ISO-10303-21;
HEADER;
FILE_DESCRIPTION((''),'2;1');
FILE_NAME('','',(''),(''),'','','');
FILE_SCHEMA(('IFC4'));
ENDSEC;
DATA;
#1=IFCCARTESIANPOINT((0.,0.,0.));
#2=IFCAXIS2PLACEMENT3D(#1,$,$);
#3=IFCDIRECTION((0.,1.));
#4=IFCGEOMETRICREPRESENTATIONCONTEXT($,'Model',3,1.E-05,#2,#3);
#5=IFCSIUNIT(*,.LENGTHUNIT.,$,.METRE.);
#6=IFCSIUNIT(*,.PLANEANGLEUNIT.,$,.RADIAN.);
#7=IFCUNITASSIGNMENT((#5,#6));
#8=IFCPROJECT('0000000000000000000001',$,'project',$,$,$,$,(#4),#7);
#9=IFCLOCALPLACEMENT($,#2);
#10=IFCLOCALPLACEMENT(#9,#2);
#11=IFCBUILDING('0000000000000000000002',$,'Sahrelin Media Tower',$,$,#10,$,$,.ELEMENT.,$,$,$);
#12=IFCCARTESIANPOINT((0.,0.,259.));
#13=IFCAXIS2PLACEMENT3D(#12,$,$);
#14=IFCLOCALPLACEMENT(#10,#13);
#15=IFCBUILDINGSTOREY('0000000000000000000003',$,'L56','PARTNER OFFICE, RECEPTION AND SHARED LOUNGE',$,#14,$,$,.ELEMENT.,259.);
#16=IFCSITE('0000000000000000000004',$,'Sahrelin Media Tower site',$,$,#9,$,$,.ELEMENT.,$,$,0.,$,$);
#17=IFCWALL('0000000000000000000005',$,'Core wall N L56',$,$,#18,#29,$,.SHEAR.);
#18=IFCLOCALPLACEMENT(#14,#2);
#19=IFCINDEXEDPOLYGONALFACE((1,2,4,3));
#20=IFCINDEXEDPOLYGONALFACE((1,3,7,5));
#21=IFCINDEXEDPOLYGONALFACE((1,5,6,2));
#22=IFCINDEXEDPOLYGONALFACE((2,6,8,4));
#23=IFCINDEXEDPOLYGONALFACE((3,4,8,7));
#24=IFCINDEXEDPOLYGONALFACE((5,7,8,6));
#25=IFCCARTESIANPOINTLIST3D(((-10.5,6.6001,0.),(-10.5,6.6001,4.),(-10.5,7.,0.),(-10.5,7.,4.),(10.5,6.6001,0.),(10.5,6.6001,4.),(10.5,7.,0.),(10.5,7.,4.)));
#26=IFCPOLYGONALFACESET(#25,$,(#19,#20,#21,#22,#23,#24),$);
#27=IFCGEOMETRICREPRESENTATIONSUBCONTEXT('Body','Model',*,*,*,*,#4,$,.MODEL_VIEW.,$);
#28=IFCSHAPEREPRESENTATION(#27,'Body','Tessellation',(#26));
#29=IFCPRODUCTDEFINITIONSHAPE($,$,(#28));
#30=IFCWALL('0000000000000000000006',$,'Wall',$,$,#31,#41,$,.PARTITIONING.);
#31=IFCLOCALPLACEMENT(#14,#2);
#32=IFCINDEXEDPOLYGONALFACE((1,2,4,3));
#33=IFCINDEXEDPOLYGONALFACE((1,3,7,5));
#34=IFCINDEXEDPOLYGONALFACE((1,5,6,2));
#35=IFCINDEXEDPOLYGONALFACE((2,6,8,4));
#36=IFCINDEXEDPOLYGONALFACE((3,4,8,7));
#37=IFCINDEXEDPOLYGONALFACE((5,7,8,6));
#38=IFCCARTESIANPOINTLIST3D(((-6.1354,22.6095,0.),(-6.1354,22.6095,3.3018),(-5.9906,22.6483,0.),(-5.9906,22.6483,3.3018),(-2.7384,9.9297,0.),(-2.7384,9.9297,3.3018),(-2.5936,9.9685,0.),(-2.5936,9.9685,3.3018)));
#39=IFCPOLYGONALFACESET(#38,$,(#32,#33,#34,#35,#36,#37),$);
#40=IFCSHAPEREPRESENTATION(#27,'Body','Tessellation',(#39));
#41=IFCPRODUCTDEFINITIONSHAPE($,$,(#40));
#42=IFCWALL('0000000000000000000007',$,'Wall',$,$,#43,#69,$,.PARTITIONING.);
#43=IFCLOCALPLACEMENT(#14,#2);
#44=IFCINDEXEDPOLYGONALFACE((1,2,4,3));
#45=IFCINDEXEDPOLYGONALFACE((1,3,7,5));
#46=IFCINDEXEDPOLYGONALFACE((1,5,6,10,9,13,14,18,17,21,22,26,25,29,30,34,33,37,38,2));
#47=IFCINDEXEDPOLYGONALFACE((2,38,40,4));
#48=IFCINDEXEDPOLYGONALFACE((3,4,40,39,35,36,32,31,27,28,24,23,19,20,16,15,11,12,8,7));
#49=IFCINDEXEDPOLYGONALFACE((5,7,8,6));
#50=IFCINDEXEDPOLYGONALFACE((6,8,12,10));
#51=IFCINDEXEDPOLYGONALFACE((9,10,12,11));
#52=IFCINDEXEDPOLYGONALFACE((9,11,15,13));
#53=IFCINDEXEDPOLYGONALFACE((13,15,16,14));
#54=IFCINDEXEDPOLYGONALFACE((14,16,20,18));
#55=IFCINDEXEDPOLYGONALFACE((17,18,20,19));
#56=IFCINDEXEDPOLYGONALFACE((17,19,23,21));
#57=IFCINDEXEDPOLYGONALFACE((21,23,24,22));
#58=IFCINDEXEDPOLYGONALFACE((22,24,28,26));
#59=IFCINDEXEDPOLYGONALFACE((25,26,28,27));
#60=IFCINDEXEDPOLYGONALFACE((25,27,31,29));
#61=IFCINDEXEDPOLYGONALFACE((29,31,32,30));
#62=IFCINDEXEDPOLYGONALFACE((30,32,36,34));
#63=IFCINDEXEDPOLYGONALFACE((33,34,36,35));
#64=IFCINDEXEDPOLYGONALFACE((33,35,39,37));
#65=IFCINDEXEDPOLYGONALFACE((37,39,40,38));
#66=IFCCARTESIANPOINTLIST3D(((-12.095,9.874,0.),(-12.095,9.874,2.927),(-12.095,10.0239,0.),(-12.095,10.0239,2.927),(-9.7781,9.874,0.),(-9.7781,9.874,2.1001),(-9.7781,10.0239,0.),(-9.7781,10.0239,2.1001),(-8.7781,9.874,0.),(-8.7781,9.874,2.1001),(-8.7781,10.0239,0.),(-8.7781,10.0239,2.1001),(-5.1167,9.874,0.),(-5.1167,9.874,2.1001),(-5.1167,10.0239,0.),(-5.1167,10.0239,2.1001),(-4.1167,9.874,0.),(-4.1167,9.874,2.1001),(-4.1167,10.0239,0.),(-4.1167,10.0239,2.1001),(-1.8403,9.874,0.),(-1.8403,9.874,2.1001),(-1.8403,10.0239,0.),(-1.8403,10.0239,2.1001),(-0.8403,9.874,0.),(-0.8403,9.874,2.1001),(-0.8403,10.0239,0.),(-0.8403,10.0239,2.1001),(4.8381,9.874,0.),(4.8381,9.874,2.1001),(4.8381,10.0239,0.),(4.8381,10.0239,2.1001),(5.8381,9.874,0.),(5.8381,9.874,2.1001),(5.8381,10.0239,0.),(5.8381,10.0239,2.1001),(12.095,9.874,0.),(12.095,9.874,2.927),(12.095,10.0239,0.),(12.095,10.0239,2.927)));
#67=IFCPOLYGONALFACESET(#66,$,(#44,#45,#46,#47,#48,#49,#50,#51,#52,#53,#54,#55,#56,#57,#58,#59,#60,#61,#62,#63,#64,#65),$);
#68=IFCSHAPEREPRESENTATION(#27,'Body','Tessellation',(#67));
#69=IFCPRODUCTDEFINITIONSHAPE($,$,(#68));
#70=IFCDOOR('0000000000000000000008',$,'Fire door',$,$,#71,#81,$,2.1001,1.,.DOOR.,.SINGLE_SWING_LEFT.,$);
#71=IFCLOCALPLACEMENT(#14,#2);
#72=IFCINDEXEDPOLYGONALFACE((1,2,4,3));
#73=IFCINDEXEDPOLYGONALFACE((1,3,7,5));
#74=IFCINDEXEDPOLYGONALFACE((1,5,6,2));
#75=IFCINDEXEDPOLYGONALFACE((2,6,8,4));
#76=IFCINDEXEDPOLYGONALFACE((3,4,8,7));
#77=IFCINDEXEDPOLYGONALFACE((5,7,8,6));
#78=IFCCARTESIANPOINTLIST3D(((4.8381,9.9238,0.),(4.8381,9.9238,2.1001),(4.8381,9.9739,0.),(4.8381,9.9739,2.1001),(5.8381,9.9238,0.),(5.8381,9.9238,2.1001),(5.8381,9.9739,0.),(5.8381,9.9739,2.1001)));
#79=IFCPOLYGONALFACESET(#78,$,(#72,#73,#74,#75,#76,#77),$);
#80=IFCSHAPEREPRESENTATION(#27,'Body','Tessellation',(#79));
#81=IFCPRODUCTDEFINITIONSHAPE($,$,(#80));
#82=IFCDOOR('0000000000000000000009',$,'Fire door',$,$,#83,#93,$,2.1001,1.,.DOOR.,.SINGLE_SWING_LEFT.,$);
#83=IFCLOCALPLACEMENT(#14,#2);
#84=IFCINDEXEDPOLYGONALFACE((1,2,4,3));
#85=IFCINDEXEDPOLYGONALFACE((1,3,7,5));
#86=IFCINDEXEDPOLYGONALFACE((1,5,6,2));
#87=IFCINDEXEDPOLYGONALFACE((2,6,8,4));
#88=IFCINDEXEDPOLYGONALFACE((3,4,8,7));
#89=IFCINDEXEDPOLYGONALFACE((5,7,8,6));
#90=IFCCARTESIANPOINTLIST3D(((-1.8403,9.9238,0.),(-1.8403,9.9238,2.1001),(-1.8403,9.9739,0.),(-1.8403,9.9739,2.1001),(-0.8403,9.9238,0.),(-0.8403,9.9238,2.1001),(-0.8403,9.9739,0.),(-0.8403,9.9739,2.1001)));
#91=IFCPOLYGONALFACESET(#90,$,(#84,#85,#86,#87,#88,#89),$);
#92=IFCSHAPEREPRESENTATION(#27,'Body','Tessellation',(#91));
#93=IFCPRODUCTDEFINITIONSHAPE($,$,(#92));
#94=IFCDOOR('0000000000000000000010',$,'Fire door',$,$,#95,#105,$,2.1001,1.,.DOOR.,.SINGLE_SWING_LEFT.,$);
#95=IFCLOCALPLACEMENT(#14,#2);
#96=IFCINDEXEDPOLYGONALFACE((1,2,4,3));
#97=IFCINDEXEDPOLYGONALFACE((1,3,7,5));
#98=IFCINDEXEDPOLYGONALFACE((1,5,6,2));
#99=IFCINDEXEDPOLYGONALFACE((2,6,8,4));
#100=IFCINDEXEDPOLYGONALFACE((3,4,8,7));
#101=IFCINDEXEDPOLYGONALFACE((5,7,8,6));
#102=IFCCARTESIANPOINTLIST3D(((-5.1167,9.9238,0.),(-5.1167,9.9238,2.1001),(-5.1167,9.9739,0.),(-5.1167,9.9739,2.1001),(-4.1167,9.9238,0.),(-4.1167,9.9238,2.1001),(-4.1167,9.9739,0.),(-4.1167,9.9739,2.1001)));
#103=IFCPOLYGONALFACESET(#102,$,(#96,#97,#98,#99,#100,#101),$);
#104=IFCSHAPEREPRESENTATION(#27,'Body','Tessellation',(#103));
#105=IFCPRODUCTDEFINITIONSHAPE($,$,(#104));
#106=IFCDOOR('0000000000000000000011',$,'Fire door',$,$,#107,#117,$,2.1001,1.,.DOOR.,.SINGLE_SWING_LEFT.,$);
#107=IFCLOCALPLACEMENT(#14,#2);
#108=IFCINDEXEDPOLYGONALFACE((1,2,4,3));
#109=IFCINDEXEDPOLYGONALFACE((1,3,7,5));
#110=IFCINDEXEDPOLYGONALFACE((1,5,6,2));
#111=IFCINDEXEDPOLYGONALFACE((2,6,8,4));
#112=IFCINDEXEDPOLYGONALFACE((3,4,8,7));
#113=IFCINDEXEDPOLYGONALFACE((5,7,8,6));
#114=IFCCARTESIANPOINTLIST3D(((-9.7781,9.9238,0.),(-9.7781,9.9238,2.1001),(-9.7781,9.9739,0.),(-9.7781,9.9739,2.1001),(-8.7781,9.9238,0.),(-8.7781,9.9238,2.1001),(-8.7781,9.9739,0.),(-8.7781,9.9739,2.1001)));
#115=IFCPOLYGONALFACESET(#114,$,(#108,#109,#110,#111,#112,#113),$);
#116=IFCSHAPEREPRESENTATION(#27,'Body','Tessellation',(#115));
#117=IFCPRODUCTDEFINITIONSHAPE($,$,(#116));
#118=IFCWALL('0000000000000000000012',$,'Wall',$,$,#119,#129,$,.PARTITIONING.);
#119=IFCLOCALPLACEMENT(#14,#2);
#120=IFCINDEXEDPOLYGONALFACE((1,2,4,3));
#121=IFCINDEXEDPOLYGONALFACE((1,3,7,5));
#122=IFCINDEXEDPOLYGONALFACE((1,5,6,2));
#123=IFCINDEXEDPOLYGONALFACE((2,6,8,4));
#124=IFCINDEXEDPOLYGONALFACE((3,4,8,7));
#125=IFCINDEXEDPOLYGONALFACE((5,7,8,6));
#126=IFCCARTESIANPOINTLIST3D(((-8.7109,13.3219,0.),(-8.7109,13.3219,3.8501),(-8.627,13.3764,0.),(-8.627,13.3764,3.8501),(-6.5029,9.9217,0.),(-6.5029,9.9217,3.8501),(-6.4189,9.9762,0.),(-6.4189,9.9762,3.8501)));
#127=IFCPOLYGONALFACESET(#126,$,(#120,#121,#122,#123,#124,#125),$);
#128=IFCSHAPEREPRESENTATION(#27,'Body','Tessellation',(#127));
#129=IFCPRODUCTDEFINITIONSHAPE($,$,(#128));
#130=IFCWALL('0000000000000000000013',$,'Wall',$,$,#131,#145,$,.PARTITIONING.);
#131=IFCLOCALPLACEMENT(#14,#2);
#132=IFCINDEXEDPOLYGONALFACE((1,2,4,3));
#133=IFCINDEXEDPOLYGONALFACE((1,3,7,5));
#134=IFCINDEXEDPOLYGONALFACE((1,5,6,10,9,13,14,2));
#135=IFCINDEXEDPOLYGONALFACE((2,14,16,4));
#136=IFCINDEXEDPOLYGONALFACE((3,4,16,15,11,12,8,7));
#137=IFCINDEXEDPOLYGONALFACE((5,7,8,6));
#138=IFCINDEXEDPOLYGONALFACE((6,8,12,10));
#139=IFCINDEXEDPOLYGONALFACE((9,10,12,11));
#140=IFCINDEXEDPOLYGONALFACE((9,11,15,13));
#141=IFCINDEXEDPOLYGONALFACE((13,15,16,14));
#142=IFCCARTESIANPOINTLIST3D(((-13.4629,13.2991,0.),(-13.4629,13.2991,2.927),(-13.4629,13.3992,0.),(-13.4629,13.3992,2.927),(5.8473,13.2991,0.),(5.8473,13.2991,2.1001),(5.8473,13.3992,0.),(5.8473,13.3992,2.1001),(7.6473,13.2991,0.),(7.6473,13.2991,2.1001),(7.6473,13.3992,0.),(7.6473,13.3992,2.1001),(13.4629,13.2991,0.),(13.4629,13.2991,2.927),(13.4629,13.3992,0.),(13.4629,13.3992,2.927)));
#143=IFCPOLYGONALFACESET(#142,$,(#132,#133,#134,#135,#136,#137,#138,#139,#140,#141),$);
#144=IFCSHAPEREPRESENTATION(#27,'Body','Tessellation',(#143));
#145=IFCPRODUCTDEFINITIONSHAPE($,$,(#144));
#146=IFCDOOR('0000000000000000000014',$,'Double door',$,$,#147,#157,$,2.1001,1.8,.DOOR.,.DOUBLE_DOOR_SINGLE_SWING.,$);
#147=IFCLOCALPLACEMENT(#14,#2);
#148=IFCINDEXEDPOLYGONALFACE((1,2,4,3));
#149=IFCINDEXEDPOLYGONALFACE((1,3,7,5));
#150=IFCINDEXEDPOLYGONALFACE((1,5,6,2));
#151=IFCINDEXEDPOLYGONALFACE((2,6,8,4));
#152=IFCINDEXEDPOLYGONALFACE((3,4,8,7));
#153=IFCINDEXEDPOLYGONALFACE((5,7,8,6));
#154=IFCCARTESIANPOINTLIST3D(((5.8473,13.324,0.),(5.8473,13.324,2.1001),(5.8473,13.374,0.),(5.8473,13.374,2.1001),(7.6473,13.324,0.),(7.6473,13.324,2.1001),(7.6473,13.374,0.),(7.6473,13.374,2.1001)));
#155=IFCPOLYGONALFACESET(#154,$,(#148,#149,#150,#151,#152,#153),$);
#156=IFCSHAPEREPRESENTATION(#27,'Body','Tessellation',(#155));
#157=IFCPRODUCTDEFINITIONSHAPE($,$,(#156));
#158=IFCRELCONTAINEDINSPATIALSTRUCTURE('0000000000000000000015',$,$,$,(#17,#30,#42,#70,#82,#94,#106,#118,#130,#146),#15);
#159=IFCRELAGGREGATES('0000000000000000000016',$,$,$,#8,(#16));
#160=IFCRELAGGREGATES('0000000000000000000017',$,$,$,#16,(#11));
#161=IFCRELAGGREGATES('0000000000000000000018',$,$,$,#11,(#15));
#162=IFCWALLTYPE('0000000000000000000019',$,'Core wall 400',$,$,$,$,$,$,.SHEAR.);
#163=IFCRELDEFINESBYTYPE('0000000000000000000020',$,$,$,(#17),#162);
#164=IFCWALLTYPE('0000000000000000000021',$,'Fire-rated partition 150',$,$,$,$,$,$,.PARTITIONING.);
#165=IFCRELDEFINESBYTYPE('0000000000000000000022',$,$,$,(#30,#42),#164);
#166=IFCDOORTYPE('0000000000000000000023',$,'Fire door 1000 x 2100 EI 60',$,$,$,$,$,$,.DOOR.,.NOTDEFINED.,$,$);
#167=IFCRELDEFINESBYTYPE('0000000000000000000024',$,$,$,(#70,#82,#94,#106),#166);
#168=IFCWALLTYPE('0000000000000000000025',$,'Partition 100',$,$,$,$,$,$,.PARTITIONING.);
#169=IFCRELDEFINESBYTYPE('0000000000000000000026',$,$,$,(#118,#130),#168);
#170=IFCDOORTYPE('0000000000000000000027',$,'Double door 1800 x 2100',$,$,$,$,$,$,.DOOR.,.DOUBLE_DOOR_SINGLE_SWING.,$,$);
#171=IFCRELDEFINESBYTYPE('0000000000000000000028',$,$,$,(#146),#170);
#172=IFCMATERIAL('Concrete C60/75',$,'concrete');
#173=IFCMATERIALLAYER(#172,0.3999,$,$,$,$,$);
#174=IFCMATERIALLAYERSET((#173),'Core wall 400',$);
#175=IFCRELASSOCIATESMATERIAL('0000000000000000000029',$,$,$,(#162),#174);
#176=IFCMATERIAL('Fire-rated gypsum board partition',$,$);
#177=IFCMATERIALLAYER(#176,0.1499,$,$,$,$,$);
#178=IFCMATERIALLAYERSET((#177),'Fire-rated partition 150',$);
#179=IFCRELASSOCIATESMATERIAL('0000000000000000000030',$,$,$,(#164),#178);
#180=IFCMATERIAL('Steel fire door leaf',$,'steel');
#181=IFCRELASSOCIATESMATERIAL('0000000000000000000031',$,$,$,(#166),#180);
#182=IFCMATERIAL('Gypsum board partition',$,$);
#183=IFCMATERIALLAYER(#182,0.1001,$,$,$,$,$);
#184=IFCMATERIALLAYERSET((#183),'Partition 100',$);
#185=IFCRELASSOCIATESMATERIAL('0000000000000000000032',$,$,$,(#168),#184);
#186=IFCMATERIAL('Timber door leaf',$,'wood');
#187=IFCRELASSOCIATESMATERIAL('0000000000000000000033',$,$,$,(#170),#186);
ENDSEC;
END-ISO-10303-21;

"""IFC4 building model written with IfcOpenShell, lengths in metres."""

from ifc_helpers import new_model, si_unit, direction, frame, frame_2d, origin, place, context, subcontext, project, spatial, rectangle, extrude, material, layer, layer_set, type_object, element, fill, save


model = new_model("IFC4")

# Units and contexts
model_context = context("Model", 3, precision=1e-05, world=origin(), true_north=direction((0.0, 1.0)))
body_context = subcontext(model_context, "Body", "Model", "MODEL_VIEW")
ifc_project = project(units=[si_unit("LENGTHUNIT", "METRE"), si_unit("PLANEANGLEUNIT", "RADIAN")], contexts=[model_context])

# Site, building, storey
site_placement = place(None, origin())
site = spatial("IfcSite", under=ifc_project, at=site_placement, Name="Sahrelin Media Tower site", CompositionType="ELEMENT", RefElevation=0.0)
building_placement = place(site_placement, origin())
building = spatial("IfcBuilding", under=site, at=building_placement, Name="Sahrelin Media Tower", CompositionType="ELEMENT")
storey_placement = place(building_placement, frame((0.0, 0.0, 259.0)))
storey = spatial("IfcBuildingStorey", under=building, at=storey_placement, Name="L56", Description="PARTNER OFFICE, RECEPTION AND SHARED LOUNGE", CompositionType="ELEMENT", Elevation=259.0)

# Walls
ifc_material_1 = material(Name="Concrete C60/75", Category="concrete")
ifc_layer_1 = layer(ifc_material_1, 0.3999)
ifc_layer_set_1 = layer_set([ifc_layer_1], Name="Core wall 400")
wall_type_1 = type_object("IfcWallType", Name="Core wall 400", PredefinedType="SHEAR", material=ifc_layer_set_1)
wall_1_placement = place(storey_placement, frame((-10.5, 6.8, 0.0), z_axis=(0.0, 0.0, 1.0), x_axis=(1.0, 0.0, 0.0)))
element("IfcWall", 1, at=wall_1_placement, inside=storey, type_object=wall_type_1, Name="Core wall N L56", PredefinedType="SHEAR", context=body_context, shape_type="SweptSolid", body=[
    extrude(rectangle(XDim=21.0, YDim=0.3999, at=frame_2d((10.5, 0.0))), origin(), (0.0, 0.0, 1.0), 4.0),
])
ifc_material_2 = material(Name="Fire-rated gypsum board partition")
ifc_layer_2 = layer(ifc_material_2, 0.1499)
ifc_layer_set_2 = layer_set([ifc_layer_2], Name="Fire-rated partition 150")
wall_type_2 = type_object("IfcWallType", Name="Fire-rated partition 150", PredefinedType="PARTITIONING", material=ifc_layer_set_2)
wall_2_placement = place(storey_placement, frame((-6.063, 22.6289, 0.0), z_axis=(0.0, 0.0, 1.0), x_axis=(0.258776, -0.965937, 0.0)))
element("IfcWall", 2, at=wall_2_placement, inside=storey, type_object=wall_type_2, Name="Wall", PredefinedType="PARTITIONING", context=body_context, shape_type="SweptSolid", body=[
    extrude(rectangle(XDim=13.127, YDim=0.1499, at=frame_2d((6.5635, 0.0))), origin(), (0.0, 0.0, 1.0), 3.3018),
])

# Wall, openings, doors
wall_3_placement = place(storey_placement, frame((-12.095, 9.949, 0.0), z_axis=(0.0, 0.0, 1.0), x_axis=(1.0, 0.0, 0.0)))
wall_3 = element("IfcWall", 3, at=wall_3_placement, inside=storey, type_object=wall_type_2, Name="Wall", PredefinedType="PARTITIONING", context=body_context, shape_type="SweptSolid", body=[
    extrude(rectangle(XDim=24.1899, YDim=0.1499, at=frame_2d((12.095, 0.0))), origin(), (0.0, 0.0, 1.0), 2.927),
])
opening_1_placement = place(wall_3_placement, frame((16.9331, 0.0, 0.0)))
opening_1 = element("IfcOpeningElement", 4, at=opening_1_placement, cuts=wall_3, PredefinedType="OPENING", context=body_context, shape_type="SweptSolid", body=[
    extrude(rectangle(XDim=1.0, YDim=2.1001, at=frame_2d((0.5, 1.05))), frame((0.0, 0.075, 0.0), z_axis=(0.0, -1.0, 0.0), x_axis=(1.0, 0.0, 0.0)), (0.0, 0.0, 1.0), 0.1499),
])
opening_2_placement = place(wall_3_placement, frame((10.2546, 0.0, 0.0)))
opening_2 = element("IfcOpeningElement", 5, at=opening_2_placement, cuts=wall_3, PredefinedType="OPENING", context=body_context, shape_type="SweptSolid", body=[
    extrude(rectangle(XDim=1.0, YDim=2.1001, at=frame_2d((0.5, 1.05))), frame((0.0, 0.075, 0.0), z_axis=(0.0, -1.0, 0.0), x_axis=(1.0, 0.0, 0.0)), (0.0, 0.0, 1.0), 0.1499),
])
opening_3_placement = place(wall_3_placement, frame((6.9783, 0.0, 0.0)))
opening_3 = element("IfcOpeningElement", 6, at=opening_3_placement, cuts=wall_3, PredefinedType="OPENING", context=body_context, shape_type="SweptSolid", body=[
    extrude(rectangle(XDim=1.0, YDim=2.1001, at=frame_2d((0.5, 1.05))), frame((0.0, 0.075, 0.0), z_axis=(0.0, -1.0, 0.0), x_axis=(1.0, 0.0, 0.0)), (0.0, 0.0, 1.0), 0.1499),
])
opening_4_placement = place(wall_3_placement, frame((2.3169, 0.0, 0.0)))
opening_4 = element("IfcOpeningElement", 7, at=opening_4_placement, cuts=wall_3, PredefinedType="OPENING", context=body_context, shape_type="SweptSolid", body=[
    extrude(rectangle(XDim=1.0, YDim=2.1001, at=frame_2d((0.5, 1.05))), frame((0.0, 0.075, 0.0), z_axis=(0.0, -1.0, 0.0), x_axis=(1.0, 0.0, 0.0)), (0.0, 0.0, 1.0), 0.1499),
])
ifc_material_3 = material(Name="Steel fire door leaf", Category="steel")
door_type_1 = type_object("IfcDoorType", Name="Fire door 1000 x 2100 EI 60", OperationType="NOTDEFINED", PredefinedType="DOOR", material=ifc_material_3)
door_1_placement = place(opening_1_placement, origin())
door_1 = element("IfcDoor", 8, at=door_1_placement, inside=storey, type_object=door_type_1, Name="Fire door", OperationType="SINGLE_SWING_LEFT", OverallHeight=2.1001, OverallWidth=1.0, PredefinedType="DOOR", context=body_context, shape_type="SweptSolid", body=[
    extrude(rectangle(XDim=1.0, YDim=2.1001, at=frame_2d((0.5, 1.05))), frame((0.0, 0.0249, 0.0), z_axis=(0.0, -1.0, 0.0), x_axis=(1.0, 0.0, 0.0)), (0.0, 0.0, 1.0), 0.05),
])
fill(opening_1, door_1)
door_2_placement = place(opening_2_placement, origin())
door_2 = element("IfcDoor", 9, at=door_2_placement, inside=storey, type_object=door_type_1, Name="Fire door", OperationType="SINGLE_SWING_LEFT", OverallHeight=2.1001, OverallWidth=1.0, PredefinedType="DOOR", context=body_context, shape_type="SweptSolid", body=[
    extrude(rectangle(XDim=1.0, YDim=2.1001, at=frame_2d((0.5, 1.05))), frame((0.0, 0.0249, 0.0), z_axis=(0.0, -1.0, 0.0), x_axis=(1.0, 0.0, 0.0)), (0.0, 0.0, 1.0), 0.05),
])
fill(opening_2, door_2)
door_3_placement = place(opening_3_placement, origin())
door_3 = element("IfcDoor", 10, at=door_3_placement, inside=storey, type_object=door_type_1, Name="Fire door", OperationType="SINGLE_SWING_LEFT", OverallHeight=2.1001, OverallWidth=1.0, PredefinedType="DOOR", context=body_context, shape_type="SweptSolid", body=[
    extrude(rectangle(XDim=1.0, YDim=2.1001, at=frame_2d((0.5, 1.05))), frame((0.0, 0.0249, 0.0), z_axis=(0.0, -1.0, 0.0), x_axis=(1.0, 0.0, 0.0)), (0.0, 0.0, 1.0), 0.05),
])
fill(opening_3, door_3)
door_4_placement = place(opening_4_placement, origin())
door_4 = element("IfcDoor", 11, at=door_4_placement, inside=storey, type_object=door_type_1, Name="Fire door", OperationType="SINGLE_SWING_LEFT", OverallHeight=2.1001, OverallWidth=1.0, PredefinedType="DOOR", context=body_context, shape_type="SweptSolid", body=[
    extrude(rectangle(XDim=1.0, YDim=2.1001, at=frame_2d((0.5, 1.05))), frame((0.0, 0.0249, 0.0), z_axis=(0.0, -1.0, 0.0), x_axis=(1.0, 0.0, 0.0)), (0.0, 0.0, 1.0), 0.05),
])
fill(opening_4, door_4)

# Wall
ifc_material_4 = material(Name="Gypsum board partition")
ifc_layer_3 = layer(ifc_material_4, 0.1001)
ifc_layer_set_3 = layer_set([ifc_layer_3], Name="Partition 100")
wall_type_3 = type_object("IfcWallType", Name="Partition 100", PredefinedType="PARTITIONING", material=ifc_layer_set_3)
wall_4_placement = place(storey_placement, frame((-8.6689, 13.3491, 0.0), z_axis=(0.0, 0.0, 1.0), x_axis=(0.544626, -0.838679, 0.0)))
element("IfcWall", 12, at=wall_4_placement, inside=storey, type_object=wall_type_3, Name="Wall", PredefinedType="PARTITIONING", context=body_context, shape_type="SweptSolid", body=[
    extrude(rectangle(XDim=4.0542, YDim=0.1001, at=frame_2d((2.0271, 0.0))), origin(), (0.0, 0.0, 1.0), 3.8501),
])

# Wall, opening, door
wall_5_placement = place(storey_placement, frame((-13.4629, 13.3491, 0.0), z_axis=(0.0, 0.0, 1.0), x_axis=(1.0, 0.0, 0.0)))
wall_5 = element("IfcWall", 13, at=wall_5_placement, inside=storey, type_object=wall_type_3, Name="Wall", PredefinedType="PARTITIONING", context=body_context, shape_type="SweptSolid", body=[
    extrude(rectangle(XDim=26.9258, YDim=0.1001, at=frame_2d((13.4629, 0.0))), origin(), (0.0, 0.0, 1.0), 2.927),
])
opening_5_placement = place(wall_5_placement, frame((19.3103, 0.0, 0.0)))
opening_5 = element("IfcOpeningElement", 14, at=opening_5_placement, cuts=wall_5, PredefinedType="OPENING", context=body_context, shape_type="SweptSolid", body=[
    extrude(rectangle(XDim=1.8, YDim=2.1001, at=frame_2d((0.8999, 1.05))), frame((0.0, 0.05, 0.0), z_axis=(0.0, -1.0, 0.0), x_axis=(1.0, 0.0, 0.0)), (0.0, 0.0, 1.0), 0.1001),
])
ifc_material_5 = material(Name="Timber door leaf", Category="wood")
door_type_2 = type_object("IfcDoorType", Name="Double door 1800 x 2100", OperationType="DOUBLE_DOOR_SINGLE_SWING", PredefinedType="DOOR", material=ifc_material_5)
door_5_placement = place(opening_5_placement, origin())
door_5 = element("IfcDoor", 15, at=door_5_placement, inside=storey, type_object=door_type_2, Name="Double door", OperationType="DOUBLE_DOOR_SINGLE_SWING", OverallHeight=2.1001, OverallWidth=1.8, PredefinedType="DOOR", context=body_context, shape_type="SweptSolid", body=[
    extrude(rectangle(XDim=1.8, YDim=2.1001, at=frame_2d((0.8999, 1.05))), frame((0.0, 0.0249, 0.0), z_axis=(0.0, -1.0, 0.0), x_axis=(1.0, 0.0, 0.0)), (0.0, 0.0, 1.0), 0.05),
])
fill(opening_5, door_5)

save(model, "model.ifc")
